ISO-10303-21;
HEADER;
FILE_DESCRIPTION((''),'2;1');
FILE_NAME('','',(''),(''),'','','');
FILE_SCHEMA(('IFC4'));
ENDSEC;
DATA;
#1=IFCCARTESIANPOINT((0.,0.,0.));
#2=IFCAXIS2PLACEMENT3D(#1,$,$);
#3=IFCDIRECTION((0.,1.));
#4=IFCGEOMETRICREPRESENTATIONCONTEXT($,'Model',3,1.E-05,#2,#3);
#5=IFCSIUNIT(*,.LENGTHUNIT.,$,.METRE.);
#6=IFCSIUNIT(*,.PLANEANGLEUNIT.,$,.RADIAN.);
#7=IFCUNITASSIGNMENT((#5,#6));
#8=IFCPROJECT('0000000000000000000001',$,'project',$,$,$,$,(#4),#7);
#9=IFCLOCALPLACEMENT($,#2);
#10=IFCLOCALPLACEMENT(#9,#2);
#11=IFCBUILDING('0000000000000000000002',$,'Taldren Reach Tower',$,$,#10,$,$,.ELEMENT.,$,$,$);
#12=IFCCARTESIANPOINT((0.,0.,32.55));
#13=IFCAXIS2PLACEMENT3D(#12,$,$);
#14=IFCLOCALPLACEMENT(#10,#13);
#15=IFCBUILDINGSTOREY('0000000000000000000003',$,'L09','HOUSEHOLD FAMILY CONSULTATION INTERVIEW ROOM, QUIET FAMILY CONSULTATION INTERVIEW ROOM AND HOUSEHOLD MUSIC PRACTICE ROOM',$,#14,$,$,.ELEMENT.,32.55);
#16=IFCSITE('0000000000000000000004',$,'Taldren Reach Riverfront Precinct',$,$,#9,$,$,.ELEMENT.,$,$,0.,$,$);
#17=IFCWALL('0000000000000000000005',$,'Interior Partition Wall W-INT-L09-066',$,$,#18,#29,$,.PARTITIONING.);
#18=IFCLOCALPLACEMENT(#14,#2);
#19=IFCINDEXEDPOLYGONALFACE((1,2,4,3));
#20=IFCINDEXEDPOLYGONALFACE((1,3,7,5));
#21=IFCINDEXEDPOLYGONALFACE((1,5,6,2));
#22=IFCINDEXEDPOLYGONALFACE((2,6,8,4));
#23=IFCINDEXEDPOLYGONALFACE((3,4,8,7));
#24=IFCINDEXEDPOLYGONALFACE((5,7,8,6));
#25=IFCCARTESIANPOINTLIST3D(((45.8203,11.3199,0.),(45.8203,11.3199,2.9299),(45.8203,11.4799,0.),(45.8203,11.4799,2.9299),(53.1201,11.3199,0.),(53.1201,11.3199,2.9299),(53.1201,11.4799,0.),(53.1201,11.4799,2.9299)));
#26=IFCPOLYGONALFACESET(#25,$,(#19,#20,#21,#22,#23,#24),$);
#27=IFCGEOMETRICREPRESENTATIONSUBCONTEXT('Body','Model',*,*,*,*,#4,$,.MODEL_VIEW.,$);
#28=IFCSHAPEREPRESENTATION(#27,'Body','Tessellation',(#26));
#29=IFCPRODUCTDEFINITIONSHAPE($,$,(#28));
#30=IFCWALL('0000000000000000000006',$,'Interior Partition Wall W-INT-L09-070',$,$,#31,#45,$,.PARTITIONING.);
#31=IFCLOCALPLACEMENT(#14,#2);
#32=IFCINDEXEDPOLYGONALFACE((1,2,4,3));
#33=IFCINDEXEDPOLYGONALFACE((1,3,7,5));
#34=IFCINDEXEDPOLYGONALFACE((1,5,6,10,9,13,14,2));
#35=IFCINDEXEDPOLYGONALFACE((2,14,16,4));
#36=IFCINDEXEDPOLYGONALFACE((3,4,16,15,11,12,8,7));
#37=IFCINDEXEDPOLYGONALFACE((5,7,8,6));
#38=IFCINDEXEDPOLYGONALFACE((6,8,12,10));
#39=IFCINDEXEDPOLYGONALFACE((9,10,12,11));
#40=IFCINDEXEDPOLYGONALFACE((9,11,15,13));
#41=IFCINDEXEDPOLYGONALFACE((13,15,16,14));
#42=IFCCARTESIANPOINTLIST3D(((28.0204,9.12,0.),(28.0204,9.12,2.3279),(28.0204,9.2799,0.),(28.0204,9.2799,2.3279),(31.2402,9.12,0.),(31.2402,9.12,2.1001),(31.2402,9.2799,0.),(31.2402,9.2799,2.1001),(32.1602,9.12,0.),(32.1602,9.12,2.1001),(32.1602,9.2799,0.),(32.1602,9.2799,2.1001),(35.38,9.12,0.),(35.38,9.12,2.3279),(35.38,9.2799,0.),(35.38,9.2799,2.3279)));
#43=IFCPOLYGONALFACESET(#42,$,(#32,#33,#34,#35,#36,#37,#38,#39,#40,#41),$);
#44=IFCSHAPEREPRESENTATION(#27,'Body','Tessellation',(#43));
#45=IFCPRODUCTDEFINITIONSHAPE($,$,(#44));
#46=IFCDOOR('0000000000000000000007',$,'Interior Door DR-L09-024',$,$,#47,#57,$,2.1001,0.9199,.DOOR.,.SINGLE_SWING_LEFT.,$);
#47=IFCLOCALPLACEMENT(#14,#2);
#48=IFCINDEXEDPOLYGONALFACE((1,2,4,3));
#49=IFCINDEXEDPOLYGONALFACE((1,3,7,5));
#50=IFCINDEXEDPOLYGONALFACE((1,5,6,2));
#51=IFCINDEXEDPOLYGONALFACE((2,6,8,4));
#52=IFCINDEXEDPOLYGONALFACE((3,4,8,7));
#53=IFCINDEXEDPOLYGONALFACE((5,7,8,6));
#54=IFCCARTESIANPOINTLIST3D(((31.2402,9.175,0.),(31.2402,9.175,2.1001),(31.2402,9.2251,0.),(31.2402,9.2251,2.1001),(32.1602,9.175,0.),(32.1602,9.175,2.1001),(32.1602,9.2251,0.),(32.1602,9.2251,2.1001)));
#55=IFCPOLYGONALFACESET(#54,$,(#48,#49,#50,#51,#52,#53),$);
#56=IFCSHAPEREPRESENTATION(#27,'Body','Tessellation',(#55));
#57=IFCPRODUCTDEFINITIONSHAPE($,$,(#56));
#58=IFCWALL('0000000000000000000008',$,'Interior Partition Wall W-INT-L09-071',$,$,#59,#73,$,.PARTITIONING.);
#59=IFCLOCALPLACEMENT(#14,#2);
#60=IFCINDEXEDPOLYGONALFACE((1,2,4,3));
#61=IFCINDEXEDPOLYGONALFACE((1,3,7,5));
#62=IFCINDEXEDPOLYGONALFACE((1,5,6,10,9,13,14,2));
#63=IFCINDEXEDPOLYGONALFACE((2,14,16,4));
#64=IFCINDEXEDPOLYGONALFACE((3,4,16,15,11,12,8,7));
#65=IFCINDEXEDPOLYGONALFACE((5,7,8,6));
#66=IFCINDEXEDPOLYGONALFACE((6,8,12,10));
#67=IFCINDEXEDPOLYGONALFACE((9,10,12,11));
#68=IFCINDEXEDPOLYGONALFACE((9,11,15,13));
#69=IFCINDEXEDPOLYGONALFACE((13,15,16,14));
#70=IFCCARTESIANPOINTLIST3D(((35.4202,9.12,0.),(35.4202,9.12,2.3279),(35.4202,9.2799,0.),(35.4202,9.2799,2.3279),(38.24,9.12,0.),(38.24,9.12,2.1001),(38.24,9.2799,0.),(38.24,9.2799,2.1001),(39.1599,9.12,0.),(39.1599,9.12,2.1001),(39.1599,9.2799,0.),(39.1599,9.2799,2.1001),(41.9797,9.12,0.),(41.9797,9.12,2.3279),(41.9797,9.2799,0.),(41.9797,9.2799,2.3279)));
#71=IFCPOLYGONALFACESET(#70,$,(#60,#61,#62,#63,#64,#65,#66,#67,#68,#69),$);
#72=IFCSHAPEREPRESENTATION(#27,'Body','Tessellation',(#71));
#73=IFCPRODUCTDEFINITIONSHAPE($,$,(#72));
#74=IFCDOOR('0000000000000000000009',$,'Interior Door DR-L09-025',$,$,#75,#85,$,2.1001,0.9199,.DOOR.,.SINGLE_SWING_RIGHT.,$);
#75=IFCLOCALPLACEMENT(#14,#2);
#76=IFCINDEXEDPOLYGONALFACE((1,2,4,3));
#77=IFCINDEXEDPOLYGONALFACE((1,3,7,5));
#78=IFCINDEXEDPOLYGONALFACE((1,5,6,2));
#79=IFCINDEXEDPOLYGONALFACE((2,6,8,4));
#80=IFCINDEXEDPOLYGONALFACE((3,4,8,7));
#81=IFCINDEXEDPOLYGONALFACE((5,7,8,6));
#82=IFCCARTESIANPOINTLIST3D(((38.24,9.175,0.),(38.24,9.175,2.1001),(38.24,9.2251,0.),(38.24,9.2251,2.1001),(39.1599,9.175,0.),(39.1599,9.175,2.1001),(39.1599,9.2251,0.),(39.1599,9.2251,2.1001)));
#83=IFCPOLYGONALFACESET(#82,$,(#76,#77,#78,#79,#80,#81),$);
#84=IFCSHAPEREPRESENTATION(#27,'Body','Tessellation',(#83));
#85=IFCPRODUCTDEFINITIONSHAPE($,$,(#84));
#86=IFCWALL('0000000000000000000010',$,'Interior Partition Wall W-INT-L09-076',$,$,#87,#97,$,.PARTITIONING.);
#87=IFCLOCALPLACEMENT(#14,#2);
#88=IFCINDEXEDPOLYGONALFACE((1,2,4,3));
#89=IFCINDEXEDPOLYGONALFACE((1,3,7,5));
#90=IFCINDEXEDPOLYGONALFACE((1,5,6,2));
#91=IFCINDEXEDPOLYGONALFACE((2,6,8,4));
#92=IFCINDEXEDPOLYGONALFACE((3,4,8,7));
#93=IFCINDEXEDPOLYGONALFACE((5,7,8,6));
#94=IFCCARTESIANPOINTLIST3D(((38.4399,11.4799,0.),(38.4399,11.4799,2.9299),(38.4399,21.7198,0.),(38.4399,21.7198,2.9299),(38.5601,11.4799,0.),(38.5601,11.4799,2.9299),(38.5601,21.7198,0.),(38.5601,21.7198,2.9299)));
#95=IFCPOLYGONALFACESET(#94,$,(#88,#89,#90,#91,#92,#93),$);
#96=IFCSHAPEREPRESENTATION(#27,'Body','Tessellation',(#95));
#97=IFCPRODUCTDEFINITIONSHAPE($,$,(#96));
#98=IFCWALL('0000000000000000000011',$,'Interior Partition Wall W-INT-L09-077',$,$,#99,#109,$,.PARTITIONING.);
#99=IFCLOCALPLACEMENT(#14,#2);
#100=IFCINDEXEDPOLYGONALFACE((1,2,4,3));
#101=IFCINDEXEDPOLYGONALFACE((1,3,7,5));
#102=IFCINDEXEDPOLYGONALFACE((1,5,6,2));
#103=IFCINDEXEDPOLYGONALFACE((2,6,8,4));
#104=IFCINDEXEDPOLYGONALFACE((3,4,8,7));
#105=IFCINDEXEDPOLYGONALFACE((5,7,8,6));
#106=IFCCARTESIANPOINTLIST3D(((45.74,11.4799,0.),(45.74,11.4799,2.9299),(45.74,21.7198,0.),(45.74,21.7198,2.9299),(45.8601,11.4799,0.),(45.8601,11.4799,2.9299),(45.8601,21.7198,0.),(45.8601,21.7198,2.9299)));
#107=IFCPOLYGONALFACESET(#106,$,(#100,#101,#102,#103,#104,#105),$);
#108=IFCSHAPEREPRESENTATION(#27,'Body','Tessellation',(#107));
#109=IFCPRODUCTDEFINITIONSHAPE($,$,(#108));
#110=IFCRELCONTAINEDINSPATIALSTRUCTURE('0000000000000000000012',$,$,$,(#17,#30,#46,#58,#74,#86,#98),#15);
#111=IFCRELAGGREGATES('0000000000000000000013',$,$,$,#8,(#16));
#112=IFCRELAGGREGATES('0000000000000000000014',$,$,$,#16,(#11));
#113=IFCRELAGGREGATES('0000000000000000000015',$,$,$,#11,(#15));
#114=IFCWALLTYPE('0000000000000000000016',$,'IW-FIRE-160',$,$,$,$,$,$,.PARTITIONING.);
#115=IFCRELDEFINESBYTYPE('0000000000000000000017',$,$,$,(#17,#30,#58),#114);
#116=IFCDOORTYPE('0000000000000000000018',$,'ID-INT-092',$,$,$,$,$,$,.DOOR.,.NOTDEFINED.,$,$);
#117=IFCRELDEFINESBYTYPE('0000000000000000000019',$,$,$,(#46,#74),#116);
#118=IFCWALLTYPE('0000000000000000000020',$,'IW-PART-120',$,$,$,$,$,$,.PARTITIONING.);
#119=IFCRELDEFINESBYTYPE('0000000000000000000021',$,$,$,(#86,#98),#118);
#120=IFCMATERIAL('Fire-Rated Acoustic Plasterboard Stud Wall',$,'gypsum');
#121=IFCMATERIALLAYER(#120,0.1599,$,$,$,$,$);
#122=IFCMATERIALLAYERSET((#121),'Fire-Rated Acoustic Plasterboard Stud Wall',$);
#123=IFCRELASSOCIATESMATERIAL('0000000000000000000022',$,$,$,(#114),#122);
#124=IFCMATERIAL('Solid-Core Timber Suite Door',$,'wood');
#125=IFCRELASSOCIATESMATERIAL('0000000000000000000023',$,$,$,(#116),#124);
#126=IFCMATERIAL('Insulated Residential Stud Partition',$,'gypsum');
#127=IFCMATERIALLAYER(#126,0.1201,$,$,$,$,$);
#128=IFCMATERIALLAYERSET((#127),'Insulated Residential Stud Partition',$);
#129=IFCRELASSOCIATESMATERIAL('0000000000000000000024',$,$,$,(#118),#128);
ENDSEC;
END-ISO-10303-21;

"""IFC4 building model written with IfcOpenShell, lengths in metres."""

from ifc_helpers import new_model, si_unit, direction, frame, frame_2d, origin, place, context, subcontext, project, spatial, rectangle, extrude, source, transform, mapped, material, layer, layer_set, type_object, element, fill, save


model = new_model("IFC4")

# Units and contexts
model_context = context("Model", 3, precision=1e-05, world=origin(), true_north=direction((0.0, 1.0)))
body_context = subcontext(model_context, "Body", "Model", "MODEL_VIEW")
ifc_project = project(units=[si_unit("LENGTHUNIT", "METRE"), si_unit("PLANEANGLEUNIT", "RADIAN")], contexts=[model_context])

# Site, building, storey
site_placement = place(None, origin())
site = spatial("IfcSite", under=ifc_project, at=site_placement, Name="Taldren Reach Riverfront Precinct", CompositionType="ELEMENT", RefElevation=0.0)
building_placement = place(site_placement, origin())
building = spatial("IfcBuilding", under=site, at=building_placement, Name="Taldren Reach Tower", CompositionType="ELEMENT")
storey_placement = place(building_placement, frame((0.0, 0.0, 32.55)))
storey = spatial("IfcBuildingStorey", under=building, at=storey_placement, Name="L09", Description="HOUSEHOLD FAMILY CONSULTATION INTERVIEW ROOM, QUIET FAMILY CONSULTATION INTERVIEW ROOM AND HOUSEHOLD MUSIC PRACTICE ROOM", CompositionType="ELEMENT", Elevation=32.55)

# Shared definitions
ifc_material_1 = material(Name="Fire-Rated Acoustic Plasterboard Stud Wall", Category="gypsum")
ifc_layer_1 = layer(ifc_material_1, 0.1599)
ifc_layer_set_1 = layer_set([ifc_layer_1], Name="Fire-Rated Acoustic Plasterboard Stud Wall")
wall_type_1 = type_object("IfcWallType", Name="IW-FIRE-160", PredefinedType="PARTITIONING", material=ifc_layer_set_1)

# Shared definitions
shared_shape_1 = source(origin(), body_context, "Body", "SweptSolid", [
    extrude(rectangle(XDim=0.9199, YDim=2.1001, at=frame_2d((0.46, 1.05))), frame((0.0, 0.0898, 0.0), z_axis=(0.0, -1.0, 0.0), x_axis=(1.0, 0.0, 0.0)), (0.0, 0.0, 1.0), 0.1799),
])
ifc_material_2 = material(Name="Solid-Core Timber Suite Door", Category="wood")
door_type_1 = type_object("IfcDoorType", Name="ID-INT-092", OperationType="NOTDEFINED", PredefinedType="DOOR", material=ifc_material_2)
shared_shape_2 = source(origin(), body_context, "Body", "SweptSolid", [
    extrude(rectangle(XDim=0.9199, YDim=2.1001, at=frame_2d((0.46, 1.05))), frame((0.0, 0.0249, 0.0), z_axis=(0.0, -1.0, 0.0), x_axis=(1.0, 0.0, 0.0)), (0.0, 0.0, 1.0), 0.05),
])

# Wall
shared_shape_3 = source(origin(), body_context, "Body", "SweptSolid", [
    extrude(rectangle(XDim=7.2998, YDim=0.1599, at=frame_2d((3.6499, 0.0))), origin(), (0.0, 0.0, 1.0), 2.9299),
])
wall_1_placement = place(storey_placement, frame((45.8203, 11.3999, 0.0), z_axis=(0.0, 0.0, 1.0), x_axis=(1.0, 0.0, 0.0)))
element("IfcWall", 1, at=wall_1_placement, inside=storey, type_object=wall_type_1, Name="Interior Partition Wall W-INT-L09-066", PredefinedType="PARTITIONING", context=body_context, shape_type="MappedRepresentation", body=[
    mapped(shared_shape_3, transform((0.0, 0.0, 0.0), scale=1.0)),
])

# Walls, openings, doors
shared_shape_4 = source(origin(), body_context, "Body", "SweptSolid", [
    extrude(rectangle(XDim=7.3596, YDim=0.1599, at=frame_2d((3.6797, 0.0))), origin(), (0.0, 0.0, 1.0), 2.3279),
])
wall_2_placement = place(storey_placement, frame((35.3799, 9.2, 0.0), z_axis=(0.0, 0.0, 1.0), x_axis=(-1.0, 0.0, 0.0)))
wall_2 = element("IfcWall", 2, at=wall_2_placement, inside=storey, type_object=wall_type_1, Name="Interior Partition Wall W-INT-L09-070", PredefinedType="PARTITIONING", context=body_context, shape_type="MappedRepresentation", body=[
    mapped(shared_shape_4, transform((0.0, 0.0, 0.0), scale=1.0)),
])
opening_1_placement = place(wall_2_placement, frame((3.2197, 0.0, 0.0)))
opening_1 = element("IfcOpeningElement", 3, at=opening_1_placement, cuts=wall_2, PredefinedType="OPENING", context=body_context, shape_type="MappedRepresentation", body=[
    mapped(shared_shape_1, transform((0.0, 0.0, 0.0), scale=1.0)),
])
door_1_placement = place(opening_1_placement, origin())
door_1 = element("IfcDoor", 4, at=door_1_placement, inside=storey, type_object=door_type_1, Name="Interior Door DR-L09-024", OperationType="SINGLE_SWING_LEFT", OverallHeight=2.1001, OverallWidth=0.9199, PredefinedType="DOOR", context=body_context, shape_type="MappedRepresentation", body=[
    mapped(shared_shape_2, transform((0.0, 0.0, 0.0), scale=1.0)),
])
fill(opening_1, door_1)
shared_shape_5 = source(origin(), body_context, "Body", "SweptSolid", [
    extrude(rectangle(XDim=6.5596, YDim=0.1599, at=frame_2d((3.2798, 0.0))), origin(), (0.0, 0.0, 1.0), 2.3279),
])
wall_3_placement = place(storey_placement, frame((41.9797, 9.2, 0.0), z_axis=(0.0, 0.0, 1.0), x_axis=(-1.0, 0.0, 0.0)))
wall_3 = element("IfcWall", 5, at=wall_3_placement, inside=storey, type_object=wall_type_1, Name="Interior Partition Wall W-INT-L09-071", PredefinedType="PARTITIONING", context=body_context, shape_type="MappedRepresentation", body=[
    mapped(shared_shape_5, transform((0.0, 0.0, 0.0), scale=1.0)),
])
opening_2_placement = place(wall_3_placement, frame((2.8198, 0.0, 0.0)))
opening_2 = element("IfcOpeningElement", 6, at=opening_2_placement, cuts=wall_3, PredefinedType="OPENING", context=body_context, shape_type="MappedRepresentation", body=[
    mapped(shared_shape_1, transform((0.0, 0.0, 0.0), scale=1.0)),
])
door_2_placement = place(opening_2_placement, origin())
door_2 = element("IfcDoor", 7, at=door_2_placement, inside=storey, type_object=door_type_1, Name="Interior Door DR-L09-025", OperationType="SINGLE_SWING_RIGHT", OverallHeight=2.1001, OverallWidth=0.9199, PredefinedType="DOOR", context=body_context, shape_type="MappedRepresentation", body=[
    mapped(shared_shape_2, transform((0.0, 0.0, 0.0), scale=1.0)),
])
fill(opening_2, door_2)

# Walls
ifc_material_3 = material(Name="Insulated Residential Stud Partition", Category="gypsum")
ifc_layer_2 = layer(ifc_material_3, 0.1201)
ifc_layer_set_2 = layer_set([ifc_layer_2], Name="Insulated Residential Stud Partition")
wall_type_2 = type_object("IfcWallType", Name="IW-PART-120", PredefinedType="PARTITIONING", material=ifc_layer_set_2)
shared_shape_6 = source(origin(), body_context, "Body", "SweptSolid", [
    extrude(rectangle(XDim=10.24, YDim=0.1201, at=frame_2d((5.1201, 0.0))), origin(), (0.0, 0.0, 1.0), 2.9299),
])
for number, where, z_axis, x_axis, name in (
    (8, (38.5, 21.72, 0.0), (0.0, 0.0, 1.0), (0.0, -1.0, 0.0), "Interior Partition Wall W-INT-L09-076"),
    (9, (45.8, 21.72, 0.0), (0.0, 0.0, 1.0), (0.0, -1.0, 0.0), "Interior Partition Wall W-INT-L09-077"),
):
    element("IfcWall", number, at=place(storey_placement, frame(where, z_axis=z_axis, x_axis=x_axis)), inside=storey, type_object=wall_type_2, Name=name, PredefinedType="PARTITIONING", context=body_context, shape_type="MappedRepresentation", body=[
        mapped(shared_shape_6, transform((0.0, 0.0, 0.0), scale=1.0)),
    ])

save(model, "model.ifc")
